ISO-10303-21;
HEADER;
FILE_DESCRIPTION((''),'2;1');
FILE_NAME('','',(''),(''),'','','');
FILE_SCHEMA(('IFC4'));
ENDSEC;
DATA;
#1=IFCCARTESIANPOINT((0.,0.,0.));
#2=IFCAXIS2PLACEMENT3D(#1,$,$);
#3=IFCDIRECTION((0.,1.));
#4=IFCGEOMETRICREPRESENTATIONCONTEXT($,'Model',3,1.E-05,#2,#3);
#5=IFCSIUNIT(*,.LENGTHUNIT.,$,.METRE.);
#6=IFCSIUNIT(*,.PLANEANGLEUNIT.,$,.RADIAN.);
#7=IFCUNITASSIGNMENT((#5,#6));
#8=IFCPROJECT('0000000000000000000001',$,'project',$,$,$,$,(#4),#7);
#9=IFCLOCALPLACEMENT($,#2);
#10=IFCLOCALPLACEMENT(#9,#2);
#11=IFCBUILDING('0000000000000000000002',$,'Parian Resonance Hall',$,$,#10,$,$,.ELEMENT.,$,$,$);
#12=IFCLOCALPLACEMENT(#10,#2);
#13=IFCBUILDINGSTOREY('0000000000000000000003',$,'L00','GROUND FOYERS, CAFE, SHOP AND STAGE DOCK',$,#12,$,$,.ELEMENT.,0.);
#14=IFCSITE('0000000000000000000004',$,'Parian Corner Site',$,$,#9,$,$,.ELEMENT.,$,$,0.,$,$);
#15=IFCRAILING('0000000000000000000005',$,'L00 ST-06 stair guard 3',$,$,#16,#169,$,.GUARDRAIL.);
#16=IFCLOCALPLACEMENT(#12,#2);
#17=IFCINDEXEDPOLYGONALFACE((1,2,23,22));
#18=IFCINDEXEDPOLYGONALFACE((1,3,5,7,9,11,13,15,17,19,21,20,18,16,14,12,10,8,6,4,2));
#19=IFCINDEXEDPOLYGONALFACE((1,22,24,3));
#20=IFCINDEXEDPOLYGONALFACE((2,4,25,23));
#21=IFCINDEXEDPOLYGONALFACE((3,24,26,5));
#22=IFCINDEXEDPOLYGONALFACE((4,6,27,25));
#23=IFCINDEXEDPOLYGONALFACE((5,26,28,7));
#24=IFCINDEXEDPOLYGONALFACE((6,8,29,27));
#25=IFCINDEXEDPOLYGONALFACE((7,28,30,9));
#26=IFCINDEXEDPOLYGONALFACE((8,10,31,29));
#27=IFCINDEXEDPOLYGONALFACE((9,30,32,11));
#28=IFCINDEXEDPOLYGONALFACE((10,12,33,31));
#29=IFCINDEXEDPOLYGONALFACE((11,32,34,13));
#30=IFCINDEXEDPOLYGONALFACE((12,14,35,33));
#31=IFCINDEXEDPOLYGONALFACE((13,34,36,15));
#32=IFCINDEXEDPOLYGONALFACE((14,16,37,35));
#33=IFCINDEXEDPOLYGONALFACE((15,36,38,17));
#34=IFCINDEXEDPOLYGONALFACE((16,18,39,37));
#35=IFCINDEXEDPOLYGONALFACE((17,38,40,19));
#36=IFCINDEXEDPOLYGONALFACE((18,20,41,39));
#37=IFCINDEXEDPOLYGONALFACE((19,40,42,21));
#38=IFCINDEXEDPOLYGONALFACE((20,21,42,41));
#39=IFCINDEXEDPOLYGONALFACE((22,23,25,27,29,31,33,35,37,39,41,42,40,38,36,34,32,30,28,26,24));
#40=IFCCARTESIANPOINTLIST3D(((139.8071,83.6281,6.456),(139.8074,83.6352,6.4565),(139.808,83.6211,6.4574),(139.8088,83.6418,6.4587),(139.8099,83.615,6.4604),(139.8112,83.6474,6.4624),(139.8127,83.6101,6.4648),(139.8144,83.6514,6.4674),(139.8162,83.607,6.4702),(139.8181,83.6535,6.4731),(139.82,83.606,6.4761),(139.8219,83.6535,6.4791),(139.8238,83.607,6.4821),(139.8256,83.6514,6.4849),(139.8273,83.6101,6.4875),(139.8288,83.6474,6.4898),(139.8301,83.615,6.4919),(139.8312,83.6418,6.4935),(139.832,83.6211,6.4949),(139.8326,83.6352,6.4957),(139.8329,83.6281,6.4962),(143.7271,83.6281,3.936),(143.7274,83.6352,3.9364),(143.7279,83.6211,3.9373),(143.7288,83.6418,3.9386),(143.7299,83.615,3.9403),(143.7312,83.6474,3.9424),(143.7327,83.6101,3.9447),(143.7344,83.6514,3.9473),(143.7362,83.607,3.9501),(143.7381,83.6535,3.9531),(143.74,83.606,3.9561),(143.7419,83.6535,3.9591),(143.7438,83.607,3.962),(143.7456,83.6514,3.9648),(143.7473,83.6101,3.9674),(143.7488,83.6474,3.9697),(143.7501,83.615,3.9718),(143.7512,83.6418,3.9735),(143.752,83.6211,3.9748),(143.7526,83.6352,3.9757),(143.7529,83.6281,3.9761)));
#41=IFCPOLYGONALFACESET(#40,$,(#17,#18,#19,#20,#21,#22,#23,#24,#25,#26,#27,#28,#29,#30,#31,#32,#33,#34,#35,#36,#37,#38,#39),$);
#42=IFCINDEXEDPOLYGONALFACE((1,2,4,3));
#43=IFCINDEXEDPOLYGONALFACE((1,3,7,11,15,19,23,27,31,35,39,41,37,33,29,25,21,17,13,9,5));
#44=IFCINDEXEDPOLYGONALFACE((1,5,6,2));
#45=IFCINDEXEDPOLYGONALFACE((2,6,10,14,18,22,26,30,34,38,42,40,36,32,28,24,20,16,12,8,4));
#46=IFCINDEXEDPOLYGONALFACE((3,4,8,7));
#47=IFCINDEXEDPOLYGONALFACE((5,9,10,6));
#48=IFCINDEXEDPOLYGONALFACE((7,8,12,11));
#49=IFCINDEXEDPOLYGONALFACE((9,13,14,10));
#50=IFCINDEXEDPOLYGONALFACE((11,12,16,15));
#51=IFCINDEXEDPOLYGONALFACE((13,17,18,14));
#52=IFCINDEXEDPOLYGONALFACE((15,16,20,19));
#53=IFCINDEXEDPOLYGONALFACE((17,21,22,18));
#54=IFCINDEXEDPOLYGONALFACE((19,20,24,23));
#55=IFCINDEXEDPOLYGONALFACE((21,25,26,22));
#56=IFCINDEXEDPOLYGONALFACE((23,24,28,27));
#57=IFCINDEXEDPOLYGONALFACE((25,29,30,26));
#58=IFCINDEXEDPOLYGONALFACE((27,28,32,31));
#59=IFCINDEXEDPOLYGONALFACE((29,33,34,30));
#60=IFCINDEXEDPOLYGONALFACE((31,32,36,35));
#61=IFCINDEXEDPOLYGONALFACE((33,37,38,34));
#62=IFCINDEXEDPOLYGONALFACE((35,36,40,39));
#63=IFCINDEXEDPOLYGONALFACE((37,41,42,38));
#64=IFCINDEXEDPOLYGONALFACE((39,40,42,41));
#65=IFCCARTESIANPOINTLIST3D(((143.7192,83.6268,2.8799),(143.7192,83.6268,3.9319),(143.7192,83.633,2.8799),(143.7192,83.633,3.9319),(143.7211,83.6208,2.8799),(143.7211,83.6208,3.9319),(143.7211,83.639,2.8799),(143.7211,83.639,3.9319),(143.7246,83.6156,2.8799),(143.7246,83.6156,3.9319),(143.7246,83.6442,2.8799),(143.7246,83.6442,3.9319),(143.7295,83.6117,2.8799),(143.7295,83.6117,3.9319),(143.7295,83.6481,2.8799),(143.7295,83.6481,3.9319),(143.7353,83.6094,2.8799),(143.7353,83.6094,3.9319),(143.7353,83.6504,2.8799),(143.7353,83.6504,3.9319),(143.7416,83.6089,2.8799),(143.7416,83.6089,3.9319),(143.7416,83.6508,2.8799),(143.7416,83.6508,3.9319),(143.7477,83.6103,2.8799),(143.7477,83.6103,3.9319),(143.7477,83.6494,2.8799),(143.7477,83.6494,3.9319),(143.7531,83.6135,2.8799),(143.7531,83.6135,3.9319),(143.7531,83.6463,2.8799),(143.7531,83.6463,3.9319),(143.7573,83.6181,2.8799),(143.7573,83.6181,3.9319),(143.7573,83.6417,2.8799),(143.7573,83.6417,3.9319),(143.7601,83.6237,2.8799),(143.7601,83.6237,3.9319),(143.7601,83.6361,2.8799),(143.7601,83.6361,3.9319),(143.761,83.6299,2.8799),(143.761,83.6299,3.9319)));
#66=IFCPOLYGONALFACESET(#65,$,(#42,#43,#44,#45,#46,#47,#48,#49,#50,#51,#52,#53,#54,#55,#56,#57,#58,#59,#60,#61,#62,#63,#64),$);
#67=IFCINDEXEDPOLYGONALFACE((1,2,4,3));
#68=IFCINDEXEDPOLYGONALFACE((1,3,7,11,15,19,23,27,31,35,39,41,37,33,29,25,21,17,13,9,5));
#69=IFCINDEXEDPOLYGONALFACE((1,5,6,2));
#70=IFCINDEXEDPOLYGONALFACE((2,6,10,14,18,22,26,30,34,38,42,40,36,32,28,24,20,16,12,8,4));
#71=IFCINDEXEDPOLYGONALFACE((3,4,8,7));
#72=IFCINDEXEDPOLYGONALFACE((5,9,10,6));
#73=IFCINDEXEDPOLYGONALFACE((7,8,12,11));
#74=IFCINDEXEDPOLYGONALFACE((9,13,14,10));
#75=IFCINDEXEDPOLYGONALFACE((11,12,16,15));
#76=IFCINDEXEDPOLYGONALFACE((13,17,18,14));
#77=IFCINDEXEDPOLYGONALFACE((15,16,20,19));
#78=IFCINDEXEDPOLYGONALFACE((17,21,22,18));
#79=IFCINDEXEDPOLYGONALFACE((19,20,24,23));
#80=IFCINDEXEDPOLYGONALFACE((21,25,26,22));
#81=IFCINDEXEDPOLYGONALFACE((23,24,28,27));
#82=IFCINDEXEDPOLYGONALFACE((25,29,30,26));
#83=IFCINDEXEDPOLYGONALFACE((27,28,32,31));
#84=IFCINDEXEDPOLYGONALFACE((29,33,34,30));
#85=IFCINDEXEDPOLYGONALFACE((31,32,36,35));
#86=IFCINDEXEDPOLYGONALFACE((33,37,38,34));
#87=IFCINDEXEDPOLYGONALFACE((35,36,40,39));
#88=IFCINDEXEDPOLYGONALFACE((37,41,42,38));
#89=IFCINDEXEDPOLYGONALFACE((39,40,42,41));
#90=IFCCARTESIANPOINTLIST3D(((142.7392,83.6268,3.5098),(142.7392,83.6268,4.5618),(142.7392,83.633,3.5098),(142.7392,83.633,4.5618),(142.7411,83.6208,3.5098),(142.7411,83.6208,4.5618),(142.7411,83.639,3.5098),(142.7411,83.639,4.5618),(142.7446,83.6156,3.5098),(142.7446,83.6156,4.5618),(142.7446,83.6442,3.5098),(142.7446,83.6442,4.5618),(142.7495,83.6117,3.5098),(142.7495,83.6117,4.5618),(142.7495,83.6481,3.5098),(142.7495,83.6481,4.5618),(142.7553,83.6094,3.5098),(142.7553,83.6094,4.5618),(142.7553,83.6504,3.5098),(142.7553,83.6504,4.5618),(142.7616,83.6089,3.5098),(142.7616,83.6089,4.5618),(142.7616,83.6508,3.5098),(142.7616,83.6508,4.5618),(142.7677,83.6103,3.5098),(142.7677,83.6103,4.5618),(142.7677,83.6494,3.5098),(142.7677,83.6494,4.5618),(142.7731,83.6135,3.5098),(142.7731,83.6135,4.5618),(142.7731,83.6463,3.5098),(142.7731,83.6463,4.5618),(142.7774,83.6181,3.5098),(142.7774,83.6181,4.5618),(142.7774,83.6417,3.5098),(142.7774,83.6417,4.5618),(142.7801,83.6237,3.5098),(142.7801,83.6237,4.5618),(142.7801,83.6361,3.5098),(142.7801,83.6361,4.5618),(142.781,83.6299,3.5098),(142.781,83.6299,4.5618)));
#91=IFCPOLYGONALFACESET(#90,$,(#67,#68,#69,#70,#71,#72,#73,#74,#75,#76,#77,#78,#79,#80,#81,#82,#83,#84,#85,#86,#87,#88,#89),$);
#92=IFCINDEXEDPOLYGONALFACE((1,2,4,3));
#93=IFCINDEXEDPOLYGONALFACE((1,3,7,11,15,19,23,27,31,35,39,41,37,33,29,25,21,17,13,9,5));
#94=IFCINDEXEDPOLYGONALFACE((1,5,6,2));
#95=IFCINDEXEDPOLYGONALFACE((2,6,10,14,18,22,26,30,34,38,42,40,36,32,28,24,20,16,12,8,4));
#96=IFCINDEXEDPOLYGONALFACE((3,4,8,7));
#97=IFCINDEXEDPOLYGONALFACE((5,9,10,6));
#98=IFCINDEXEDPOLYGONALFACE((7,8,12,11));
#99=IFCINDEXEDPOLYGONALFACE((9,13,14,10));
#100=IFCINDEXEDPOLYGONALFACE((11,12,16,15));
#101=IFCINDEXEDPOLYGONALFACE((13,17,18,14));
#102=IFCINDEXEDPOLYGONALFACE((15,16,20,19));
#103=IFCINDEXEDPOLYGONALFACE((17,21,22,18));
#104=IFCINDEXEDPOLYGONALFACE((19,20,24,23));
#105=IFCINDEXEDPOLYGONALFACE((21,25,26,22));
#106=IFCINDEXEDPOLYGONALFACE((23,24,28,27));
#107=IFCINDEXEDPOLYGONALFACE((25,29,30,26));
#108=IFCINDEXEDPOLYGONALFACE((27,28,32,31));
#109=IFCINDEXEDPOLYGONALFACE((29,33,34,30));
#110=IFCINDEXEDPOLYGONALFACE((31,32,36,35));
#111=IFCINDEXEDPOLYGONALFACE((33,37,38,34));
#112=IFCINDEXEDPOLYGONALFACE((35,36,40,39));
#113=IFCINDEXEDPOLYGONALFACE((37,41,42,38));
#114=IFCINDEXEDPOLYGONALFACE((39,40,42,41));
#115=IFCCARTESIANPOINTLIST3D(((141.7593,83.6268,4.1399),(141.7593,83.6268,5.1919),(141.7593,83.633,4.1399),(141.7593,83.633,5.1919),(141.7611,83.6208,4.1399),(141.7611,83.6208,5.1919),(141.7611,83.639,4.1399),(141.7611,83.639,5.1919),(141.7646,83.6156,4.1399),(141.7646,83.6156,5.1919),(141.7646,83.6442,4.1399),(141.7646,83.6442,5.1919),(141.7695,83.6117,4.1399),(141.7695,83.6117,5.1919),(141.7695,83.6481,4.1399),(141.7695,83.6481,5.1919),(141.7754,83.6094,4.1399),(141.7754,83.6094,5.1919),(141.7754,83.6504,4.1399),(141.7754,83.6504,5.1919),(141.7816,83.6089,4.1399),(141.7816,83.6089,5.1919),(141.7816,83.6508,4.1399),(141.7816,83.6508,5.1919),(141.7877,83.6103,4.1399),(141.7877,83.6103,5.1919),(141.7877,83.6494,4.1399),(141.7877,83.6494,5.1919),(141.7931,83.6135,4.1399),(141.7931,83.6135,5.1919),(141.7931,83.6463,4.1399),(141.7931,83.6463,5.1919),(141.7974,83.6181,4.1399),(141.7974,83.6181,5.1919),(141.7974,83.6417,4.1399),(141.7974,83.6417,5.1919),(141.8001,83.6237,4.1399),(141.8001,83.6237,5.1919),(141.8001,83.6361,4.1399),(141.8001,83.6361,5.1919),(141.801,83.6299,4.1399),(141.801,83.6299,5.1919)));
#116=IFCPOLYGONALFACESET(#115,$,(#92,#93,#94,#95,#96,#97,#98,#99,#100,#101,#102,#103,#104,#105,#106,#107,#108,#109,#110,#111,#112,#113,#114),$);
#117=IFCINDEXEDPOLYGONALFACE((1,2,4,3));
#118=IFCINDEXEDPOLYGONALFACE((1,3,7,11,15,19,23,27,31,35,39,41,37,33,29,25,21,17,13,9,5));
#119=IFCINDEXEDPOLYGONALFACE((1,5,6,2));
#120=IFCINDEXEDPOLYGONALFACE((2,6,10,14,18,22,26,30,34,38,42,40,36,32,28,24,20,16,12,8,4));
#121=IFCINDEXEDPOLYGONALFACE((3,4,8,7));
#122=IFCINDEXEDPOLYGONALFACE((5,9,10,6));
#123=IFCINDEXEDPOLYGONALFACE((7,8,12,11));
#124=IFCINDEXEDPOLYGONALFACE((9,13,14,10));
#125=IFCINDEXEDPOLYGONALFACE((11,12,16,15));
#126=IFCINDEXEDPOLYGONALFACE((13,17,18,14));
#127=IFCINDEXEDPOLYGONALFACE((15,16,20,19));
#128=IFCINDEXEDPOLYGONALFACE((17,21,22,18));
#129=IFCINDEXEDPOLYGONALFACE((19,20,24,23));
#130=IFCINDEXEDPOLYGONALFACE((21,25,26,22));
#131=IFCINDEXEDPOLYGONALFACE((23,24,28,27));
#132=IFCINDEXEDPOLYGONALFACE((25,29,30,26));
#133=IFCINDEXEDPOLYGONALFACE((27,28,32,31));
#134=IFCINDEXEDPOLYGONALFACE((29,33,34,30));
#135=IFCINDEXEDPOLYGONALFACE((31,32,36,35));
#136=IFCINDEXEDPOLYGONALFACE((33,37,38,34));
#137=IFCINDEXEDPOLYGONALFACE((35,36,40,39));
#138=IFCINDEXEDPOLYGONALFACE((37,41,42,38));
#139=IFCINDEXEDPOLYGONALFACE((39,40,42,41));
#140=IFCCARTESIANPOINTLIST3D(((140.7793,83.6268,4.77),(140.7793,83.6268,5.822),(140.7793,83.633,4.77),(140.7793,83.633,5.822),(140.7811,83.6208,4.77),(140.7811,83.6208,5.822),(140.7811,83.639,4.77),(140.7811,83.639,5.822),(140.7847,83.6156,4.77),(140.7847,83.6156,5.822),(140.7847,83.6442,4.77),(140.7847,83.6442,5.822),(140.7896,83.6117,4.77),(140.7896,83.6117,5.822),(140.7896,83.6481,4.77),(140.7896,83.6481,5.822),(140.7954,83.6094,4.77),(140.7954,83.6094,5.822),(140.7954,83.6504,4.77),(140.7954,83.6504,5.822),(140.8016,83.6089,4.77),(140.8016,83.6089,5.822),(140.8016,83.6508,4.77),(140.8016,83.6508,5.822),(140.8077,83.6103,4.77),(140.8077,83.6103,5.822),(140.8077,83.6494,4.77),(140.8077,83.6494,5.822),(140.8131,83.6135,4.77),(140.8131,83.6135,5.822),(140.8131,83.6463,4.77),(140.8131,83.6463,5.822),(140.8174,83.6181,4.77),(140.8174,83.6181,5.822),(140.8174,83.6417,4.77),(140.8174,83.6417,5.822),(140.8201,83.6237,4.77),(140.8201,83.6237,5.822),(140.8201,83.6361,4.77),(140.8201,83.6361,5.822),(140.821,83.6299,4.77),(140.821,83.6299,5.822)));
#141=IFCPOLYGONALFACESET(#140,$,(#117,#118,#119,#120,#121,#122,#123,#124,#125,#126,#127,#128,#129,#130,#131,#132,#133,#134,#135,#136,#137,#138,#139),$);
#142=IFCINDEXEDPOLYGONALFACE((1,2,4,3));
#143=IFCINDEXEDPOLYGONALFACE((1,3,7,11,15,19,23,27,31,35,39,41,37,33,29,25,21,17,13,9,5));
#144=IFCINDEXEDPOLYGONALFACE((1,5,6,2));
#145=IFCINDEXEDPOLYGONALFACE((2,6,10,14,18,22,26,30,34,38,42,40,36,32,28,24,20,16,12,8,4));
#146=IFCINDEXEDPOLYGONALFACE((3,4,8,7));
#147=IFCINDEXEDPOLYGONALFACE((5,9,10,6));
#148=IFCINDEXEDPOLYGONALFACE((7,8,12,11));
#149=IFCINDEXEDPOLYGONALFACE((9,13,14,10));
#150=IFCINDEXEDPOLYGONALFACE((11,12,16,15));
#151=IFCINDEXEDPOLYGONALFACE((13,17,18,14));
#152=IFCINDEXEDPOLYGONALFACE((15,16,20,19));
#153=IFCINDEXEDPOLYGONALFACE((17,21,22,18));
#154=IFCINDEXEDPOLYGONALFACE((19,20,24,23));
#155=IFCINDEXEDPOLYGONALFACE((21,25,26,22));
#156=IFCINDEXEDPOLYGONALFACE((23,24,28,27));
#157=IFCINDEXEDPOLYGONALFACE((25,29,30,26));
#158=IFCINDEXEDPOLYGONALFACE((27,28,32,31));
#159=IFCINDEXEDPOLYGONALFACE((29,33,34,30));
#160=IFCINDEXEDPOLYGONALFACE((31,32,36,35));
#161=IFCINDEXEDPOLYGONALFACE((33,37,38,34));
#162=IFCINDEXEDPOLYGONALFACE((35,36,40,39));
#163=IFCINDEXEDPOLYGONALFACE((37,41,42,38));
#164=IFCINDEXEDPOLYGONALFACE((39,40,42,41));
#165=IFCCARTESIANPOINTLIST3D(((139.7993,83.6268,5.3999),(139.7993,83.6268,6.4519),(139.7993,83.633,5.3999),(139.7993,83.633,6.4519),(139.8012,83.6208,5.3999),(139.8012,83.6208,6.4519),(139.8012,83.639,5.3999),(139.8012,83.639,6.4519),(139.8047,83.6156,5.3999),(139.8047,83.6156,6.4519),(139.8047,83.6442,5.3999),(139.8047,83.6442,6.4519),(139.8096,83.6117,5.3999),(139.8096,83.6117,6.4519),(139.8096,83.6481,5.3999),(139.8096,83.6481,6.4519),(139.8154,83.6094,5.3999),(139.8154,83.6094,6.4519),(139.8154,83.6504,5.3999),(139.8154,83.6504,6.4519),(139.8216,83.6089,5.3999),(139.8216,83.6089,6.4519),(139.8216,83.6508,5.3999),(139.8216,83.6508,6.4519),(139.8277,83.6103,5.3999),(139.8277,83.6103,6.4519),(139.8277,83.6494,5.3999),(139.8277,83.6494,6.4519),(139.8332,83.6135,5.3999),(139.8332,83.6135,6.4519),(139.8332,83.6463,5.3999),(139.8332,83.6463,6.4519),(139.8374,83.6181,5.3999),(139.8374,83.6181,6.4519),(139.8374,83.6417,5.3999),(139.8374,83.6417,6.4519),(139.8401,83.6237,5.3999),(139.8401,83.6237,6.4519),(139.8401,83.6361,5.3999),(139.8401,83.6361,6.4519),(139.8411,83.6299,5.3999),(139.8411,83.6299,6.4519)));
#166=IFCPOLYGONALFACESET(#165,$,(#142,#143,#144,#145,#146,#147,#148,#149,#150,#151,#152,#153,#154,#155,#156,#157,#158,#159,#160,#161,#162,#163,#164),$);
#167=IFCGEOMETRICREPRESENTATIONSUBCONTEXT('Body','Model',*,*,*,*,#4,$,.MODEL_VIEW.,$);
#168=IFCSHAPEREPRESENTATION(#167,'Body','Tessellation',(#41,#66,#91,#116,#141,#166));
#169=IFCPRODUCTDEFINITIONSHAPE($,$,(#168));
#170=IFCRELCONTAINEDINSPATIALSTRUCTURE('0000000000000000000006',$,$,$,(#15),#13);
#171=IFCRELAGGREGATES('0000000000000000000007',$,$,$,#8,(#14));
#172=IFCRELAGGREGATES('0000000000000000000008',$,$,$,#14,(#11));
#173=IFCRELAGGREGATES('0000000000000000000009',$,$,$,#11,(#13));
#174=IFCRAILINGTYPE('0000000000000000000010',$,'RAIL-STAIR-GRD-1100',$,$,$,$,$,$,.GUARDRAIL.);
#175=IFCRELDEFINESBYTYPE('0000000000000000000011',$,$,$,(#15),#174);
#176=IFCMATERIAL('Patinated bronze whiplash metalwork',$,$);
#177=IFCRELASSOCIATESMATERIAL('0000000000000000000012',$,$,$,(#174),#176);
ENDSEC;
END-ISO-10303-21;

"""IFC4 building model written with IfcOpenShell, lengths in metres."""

from ifc_helpers import new_model, si_unit, direction, frame, origin, origin_2d, place, context, subcontext, project, spatial, circle, extrude, material, type_object, element, save


model = new_model("IFC4")

# Units and contexts
model_context = context("Model", 3, precision=1e-05, world=origin(), true_north=direction((0.0, 1.0)))
body_context = subcontext(model_context, "Body", "Model", "MODEL_VIEW")
ifc_project = project(units=[si_unit("LENGTHUNIT", "METRE"), si_unit("PLANEANGLEUNIT", "RADIAN")], contexts=[model_context])

# Site, building, storey
site_placement = place(None, origin())
site = spatial("IfcSite", under=ifc_project, at=site_placement, Name="Parian Corner Site", CompositionType="ELEMENT", RefElevation=0.0)
building_placement = place(site_placement, origin())
building = spatial("IfcBuilding", under=site, at=building_placement, Name="Parian Resonance Hall", CompositionType="ELEMENT")
storey_placement = place(building_placement, origin())
storey = spatial("IfcBuildingStorey", under=building, at=storey_placement, Name="L00", Description="GROUND FOYERS, CAFE, SHOP AND STAGE DOCK", CompositionType="ELEMENT", Elevation=0.0)

# Railing
ifc_material_1 = material(Name="Patinated bronze whiplash metalwork")
railing_type_1 = type_object("IfcRailingType", Name="RAIL-STAIR-GRD-1100", PredefinedType="GUARDRAIL", material=ifc_material_1)
railing_1_placement = place(storey_placement, frame((143.74, 83.6299, 2.8799)))
element("IfcRailing", 1, at=railing_1_placement, inside=storey, type_object=railing_type_1, Name="L00 ST-06 stair guard 3", PredefinedType="GUARDRAIL", context=body_context, shape_type="SweptSolid", body=[
    extrude(circle(Radius=0.0239, at=origin_2d()), frame((0.0, 0.0, 1.0762), z_axis=(-0.841172, 0.0, 0.540768), x_axis=(0.0, -1.0, 0.0)), (0.0, 0.0, 1.0), 4.6602),
    extrude(circle(Radius=0.021, at=origin_2d()), origin(), (0.0, 0.0, 1.0), 1.052),
    extrude(circle(Radius=0.021, at=origin_2d()), frame((-0.98, 0.0, 0.6299)), (0.0, 0.0, 1.0), 1.052),
    extrude(circle(Radius=0.021, at=origin_2d()), frame((-1.96, 0.0, 1.26)), (0.0, 0.0, 1.0), 1.052),
    extrude(circle(Radius=0.021, at=origin_2d()), frame((-2.9399, 0.0, 1.8901)), (0.0, 0.0, 1.0), 1.052),
    extrude(circle(Radius=0.021, at=origin_2d()), frame((-3.9199, 0.0, 2.52)), (0.0, 0.0, 1.0), 1.052),
])

save(model, "model.ifc")
